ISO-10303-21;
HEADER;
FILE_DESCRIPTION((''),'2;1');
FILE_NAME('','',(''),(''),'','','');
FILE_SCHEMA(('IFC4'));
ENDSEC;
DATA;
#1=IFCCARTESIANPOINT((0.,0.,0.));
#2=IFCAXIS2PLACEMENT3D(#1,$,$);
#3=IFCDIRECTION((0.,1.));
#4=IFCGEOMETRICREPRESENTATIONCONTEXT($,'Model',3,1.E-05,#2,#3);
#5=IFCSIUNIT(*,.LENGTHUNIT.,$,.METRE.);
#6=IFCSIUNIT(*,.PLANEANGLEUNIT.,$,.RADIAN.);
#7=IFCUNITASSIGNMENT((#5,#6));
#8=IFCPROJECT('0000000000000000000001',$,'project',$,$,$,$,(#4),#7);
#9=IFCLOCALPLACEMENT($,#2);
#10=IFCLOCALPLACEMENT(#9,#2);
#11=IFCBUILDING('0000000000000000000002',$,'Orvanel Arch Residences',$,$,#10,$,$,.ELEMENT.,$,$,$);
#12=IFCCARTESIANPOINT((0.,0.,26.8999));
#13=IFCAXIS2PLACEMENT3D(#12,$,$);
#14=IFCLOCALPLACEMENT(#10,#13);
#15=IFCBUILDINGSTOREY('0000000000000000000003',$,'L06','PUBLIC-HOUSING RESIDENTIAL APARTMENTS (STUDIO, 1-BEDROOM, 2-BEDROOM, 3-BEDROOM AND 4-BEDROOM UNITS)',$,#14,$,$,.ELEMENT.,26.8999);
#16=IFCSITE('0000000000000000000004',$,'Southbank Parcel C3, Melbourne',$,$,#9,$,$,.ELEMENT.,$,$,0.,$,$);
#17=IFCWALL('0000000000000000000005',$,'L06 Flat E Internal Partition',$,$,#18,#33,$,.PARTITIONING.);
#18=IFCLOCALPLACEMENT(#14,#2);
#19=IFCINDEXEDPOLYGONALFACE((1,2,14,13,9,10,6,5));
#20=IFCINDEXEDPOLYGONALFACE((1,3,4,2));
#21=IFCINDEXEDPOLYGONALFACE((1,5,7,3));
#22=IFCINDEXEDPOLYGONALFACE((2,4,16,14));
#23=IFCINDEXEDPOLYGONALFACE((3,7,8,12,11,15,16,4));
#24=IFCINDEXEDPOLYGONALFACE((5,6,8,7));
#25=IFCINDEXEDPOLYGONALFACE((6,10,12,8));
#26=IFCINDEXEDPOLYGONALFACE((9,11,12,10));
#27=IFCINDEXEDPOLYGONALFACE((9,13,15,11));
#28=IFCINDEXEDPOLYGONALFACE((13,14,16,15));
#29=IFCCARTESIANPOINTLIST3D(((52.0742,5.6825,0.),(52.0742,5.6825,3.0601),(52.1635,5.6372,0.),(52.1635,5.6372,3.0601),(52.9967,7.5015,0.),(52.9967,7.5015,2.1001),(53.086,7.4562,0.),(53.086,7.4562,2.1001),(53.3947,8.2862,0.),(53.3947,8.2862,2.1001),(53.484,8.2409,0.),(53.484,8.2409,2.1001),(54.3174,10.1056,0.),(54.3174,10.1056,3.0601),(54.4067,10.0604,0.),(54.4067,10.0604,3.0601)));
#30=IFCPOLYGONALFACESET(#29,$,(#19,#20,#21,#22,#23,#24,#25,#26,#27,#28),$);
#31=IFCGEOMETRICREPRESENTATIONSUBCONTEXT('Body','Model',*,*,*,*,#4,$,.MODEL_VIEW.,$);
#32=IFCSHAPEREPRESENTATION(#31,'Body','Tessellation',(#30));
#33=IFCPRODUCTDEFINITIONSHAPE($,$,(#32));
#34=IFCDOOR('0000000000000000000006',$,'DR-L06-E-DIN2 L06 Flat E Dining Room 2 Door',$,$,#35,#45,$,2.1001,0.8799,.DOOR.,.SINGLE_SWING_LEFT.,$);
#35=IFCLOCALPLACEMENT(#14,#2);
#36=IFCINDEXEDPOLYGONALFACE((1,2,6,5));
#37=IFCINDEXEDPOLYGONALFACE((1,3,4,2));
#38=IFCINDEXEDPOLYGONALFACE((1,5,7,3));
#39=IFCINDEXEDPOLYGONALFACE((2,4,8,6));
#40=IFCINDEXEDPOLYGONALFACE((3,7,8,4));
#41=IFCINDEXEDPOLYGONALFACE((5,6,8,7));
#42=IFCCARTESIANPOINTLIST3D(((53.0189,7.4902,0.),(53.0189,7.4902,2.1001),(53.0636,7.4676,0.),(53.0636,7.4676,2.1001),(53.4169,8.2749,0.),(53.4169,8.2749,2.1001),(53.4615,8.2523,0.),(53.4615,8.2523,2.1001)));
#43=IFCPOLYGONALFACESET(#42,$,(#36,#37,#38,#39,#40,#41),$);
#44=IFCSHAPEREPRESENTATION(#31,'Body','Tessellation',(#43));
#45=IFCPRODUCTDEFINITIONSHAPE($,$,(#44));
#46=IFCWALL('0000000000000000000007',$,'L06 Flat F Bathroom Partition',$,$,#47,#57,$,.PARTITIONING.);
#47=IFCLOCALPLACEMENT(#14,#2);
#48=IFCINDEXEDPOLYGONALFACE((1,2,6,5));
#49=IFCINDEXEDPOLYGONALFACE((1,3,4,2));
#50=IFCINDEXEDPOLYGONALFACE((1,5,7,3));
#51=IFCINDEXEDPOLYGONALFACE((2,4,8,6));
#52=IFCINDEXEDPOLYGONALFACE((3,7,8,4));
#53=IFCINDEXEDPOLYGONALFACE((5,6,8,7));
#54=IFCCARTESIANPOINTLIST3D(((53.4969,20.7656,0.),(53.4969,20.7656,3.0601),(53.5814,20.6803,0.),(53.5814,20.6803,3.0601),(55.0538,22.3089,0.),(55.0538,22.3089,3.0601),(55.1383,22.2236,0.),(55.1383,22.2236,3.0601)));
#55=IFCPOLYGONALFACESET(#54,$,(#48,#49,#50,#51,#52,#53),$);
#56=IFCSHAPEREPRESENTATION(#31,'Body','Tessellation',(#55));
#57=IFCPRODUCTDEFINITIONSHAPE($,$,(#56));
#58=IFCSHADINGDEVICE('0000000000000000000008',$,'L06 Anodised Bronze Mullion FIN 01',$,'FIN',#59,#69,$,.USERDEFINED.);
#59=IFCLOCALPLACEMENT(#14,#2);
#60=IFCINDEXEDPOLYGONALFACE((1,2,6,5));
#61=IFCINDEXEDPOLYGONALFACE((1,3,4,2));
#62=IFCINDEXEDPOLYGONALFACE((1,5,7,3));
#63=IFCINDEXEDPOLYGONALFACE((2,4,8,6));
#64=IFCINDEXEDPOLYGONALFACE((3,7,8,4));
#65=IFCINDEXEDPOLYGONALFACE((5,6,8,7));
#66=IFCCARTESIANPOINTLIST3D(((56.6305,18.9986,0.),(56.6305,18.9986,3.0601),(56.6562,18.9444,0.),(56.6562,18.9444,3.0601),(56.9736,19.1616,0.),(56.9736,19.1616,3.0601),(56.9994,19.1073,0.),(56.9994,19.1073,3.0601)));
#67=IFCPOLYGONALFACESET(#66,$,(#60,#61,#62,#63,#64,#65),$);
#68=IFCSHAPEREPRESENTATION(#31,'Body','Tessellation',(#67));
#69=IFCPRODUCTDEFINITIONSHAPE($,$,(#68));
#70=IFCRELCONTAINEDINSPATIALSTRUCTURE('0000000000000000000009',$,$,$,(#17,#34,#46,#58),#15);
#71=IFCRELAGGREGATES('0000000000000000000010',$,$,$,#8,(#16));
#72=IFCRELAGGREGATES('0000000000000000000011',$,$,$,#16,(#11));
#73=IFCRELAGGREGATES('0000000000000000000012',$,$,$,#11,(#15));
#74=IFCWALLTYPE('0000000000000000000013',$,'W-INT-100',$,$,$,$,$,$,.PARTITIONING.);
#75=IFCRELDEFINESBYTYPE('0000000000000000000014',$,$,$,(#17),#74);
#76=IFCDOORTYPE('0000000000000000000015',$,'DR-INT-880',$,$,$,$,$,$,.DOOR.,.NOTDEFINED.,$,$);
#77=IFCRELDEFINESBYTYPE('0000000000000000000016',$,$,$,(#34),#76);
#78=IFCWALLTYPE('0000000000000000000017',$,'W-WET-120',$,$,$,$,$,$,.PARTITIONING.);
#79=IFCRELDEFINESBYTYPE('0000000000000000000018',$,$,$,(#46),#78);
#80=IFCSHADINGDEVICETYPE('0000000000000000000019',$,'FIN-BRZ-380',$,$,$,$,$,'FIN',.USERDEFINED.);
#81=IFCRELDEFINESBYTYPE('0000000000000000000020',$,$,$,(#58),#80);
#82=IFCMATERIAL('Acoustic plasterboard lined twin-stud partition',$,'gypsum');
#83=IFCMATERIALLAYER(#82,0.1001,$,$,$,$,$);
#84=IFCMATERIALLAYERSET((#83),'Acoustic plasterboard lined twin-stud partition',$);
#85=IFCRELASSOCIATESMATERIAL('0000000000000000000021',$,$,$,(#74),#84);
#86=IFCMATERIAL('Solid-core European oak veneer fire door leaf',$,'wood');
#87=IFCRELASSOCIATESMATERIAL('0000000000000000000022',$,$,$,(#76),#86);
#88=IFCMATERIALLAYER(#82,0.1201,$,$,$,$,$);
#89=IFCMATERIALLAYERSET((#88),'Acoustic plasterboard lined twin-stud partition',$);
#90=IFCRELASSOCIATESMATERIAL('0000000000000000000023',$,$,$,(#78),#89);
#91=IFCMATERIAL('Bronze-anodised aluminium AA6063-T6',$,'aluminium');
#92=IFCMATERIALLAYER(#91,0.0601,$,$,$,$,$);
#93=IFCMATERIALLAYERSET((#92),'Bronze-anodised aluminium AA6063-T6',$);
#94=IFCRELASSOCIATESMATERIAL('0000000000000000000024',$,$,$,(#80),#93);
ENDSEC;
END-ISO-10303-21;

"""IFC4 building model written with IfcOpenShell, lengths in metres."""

from ifc_helpers import new_model, si_unit, direction, frame, frame_2d, origin, origin_2d, place, context, subcontext, project, spatial, rectangle, extrude, material, layer, layer_set, type_object, element, fill, save


model = new_model("IFC4")

# Units and contexts
model_context = context("Model", 3, precision=1e-05, world=origin(), true_north=direction((0.0, 1.0)))
body_context = subcontext(model_context, "Body", "Model", "MODEL_VIEW")
ifc_project = project(units=[si_unit("LENGTHUNIT", "METRE"), si_unit("PLANEANGLEUNIT", "RADIAN")], contexts=[model_context])

# Site, building, storey
site_placement = place(None, origin())
site = spatial("IfcSite", under=ifc_project, at=site_placement, Name="Southbank Parcel C3, Melbourne", CompositionType="ELEMENT", RefElevation=0.0)
building_placement = place(site_placement, origin())
building = spatial("IfcBuilding", under=site, at=building_placement, Name="Orvanel Arch Residences", CompositionType="ELEMENT")
storey_placement = place(building_placement, frame((0.0, 0.0, 26.8999)))
storey = spatial("IfcBuildingStorey", under=building, at=storey_placement, Name="L06", Description="PUBLIC-HOUSING RESIDENTIAL APARTMENTS (STUDIO, 1-BEDROOM, 2-BEDROOM, 3-BEDROOM AND 4-BEDROOM UNITS)", CompositionType="ELEMENT", Elevation=26.8999)

# Shared definitions
ifc_material_1 = material(Name="Bronze-anodised aluminium AA6063-T6", Category="aluminium")

# Wall, opening, door
ifc_material_2 = material(Name="Acoustic plasterboard lined twin-stud partition", Category="gypsum")
ifc_layer_1 = layer(ifc_material_2, 0.1001)
ifc_layer_set_1 = layer_set([ifc_layer_1], Name="Acoustic plasterboard lined twin-stud partition")
wall_type_1 = type_object("IfcWallType", Name="W-INT-100", PredefinedType="PARTITIONING", material=ifc_layer_set_1)
wall_1_placement = place(storey_placement, frame((54.3621, 10.083, 0.0), z_axis=(0.0, 0.0, 1.0), x_axis=(-0.452306, -0.891863, 0.0)))
wall_1 = element("IfcWall", 1, at=wall_1_placement, inside=storey, type_object=wall_type_1, Name="L06 Flat E Internal Partition", PredefinedType="PARTITIONING", context=body_context, shape_type="SweptSolid", body=[
    extrude(rectangle(XDim=4.9595, YDim=0.1001, at=frame_2d((2.4797, 0.0))), origin(), (0.0, 0.0, 1.0), 3.0601),
])
opening_placement = place(wall_1_placement, frame((2.04, 0.0, 0.0)))
opening = element("IfcOpeningElement", 2, at=opening_placement, cuts=wall_1, PredefinedType="OPENING", context=body_context, shape_type="SweptSolid", body=[
    extrude(rectangle(XDim=0.8799, YDim=2.1001, at=frame_2d((0.4399, 1.05))), frame((0.0, 0.0601, 0.0), z_axis=(0.0, -1.0, 0.0), x_axis=(1.0, 0.0, 0.0)), (0.0, 0.0, 1.0), 0.1201),
])
ifc_material_3 = material(Name="Solid-core European oak veneer fire door leaf", Category="wood")
door_type = type_object("IfcDoorType", Name="DR-INT-880", OperationType="NOTDEFINED", PredefinedType="DOOR", material=ifc_material_3)
door_placement = place(opening_placement, origin())
door = element("IfcDoor", 3, at=door_placement, inside=storey, type_object=door_type, Name="DR-L06-E-DIN2 L06 Flat E Dining Room 2 Door", OperationType="SINGLE_SWING_LEFT", OverallHeight=2.1001, OverallWidth=0.8799, PredefinedType="DOOR", context=body_context, shape_type="SweptSolid", body=[
    extrude(rectangle(XDim=0.8799, YDim=2.1001, at=frame_2d((0.4399, 1.05))), frame((0.0, 0.0249, 0.0), z_axis=(0.0, -1.0, 0.0), x_axis=(1.0, 0.0, 0.0)), (0.0, 0.0, 1.0), 0.05),
])
fill(opening, door)

# Wall
ifc_layer_2 = layer(ifc_material_2, 0.1201)
ifc_layer_set_2 = layer_set([ifc_layer_2], Name="Acoustic plasterboard lined twin-stud partition")
wall_type_2 = type_object("IfcWallType", Name="W-WET-120", PredefinedType="PARTITIONING", material=ifc_layer_set_2)
wall_2_placement = place(storey_placement, frame((53.5391, 20.7229, 0.0), z_axis=(0.0, 0.0, 1.0), x_axis=(0.710218, 0.703981, 0.0)))
element("IfcWall", 4, at=wall_2_placement, inside=storey, type_object=wall_type_2, Name="L06 Flat F Bathroom Partition", PredefinedType="PARTITIONING", context=body_context, shape_type="SweptSolid", body=[
    extrude(rectangle(XDim=2.1921, YDim=0.1201, at=frame_2d((1.0962, 0.0))), origin(), (0.0, 0.0, 1.0), 3.0601),
])

# Shading device
ifc_layer_3 = layer(ifc_material_1, 0.0601)
ifc_layer_set_3 = layer_set([ifc_layer_3], Name="Bronze-anodised aluminium AA6063-T6")
shading_device_type = type_object("IfcShadingDeviceType", Name="FIN-BRZ-380", ElementType="FIN", PredefinedType="USERDEFINED", material=ifc_layer_set_3)
shading_device_placement = place(storey_placement, frame((56.8149, 19.053, 0.0), z_axis=(0.0, 0.0, 1.0), x_axis=(0.903335, 0.428935, 0.0)))
element("IfcShadingDevice", 5, at=shading_device_placement, inside=storey, type_object=shading_device_type, Name="L06 Anodised Bronze Mullion FIN 01", ObjectType="FIN", PredefinedType="USERDEFINED", context=body_context, shape_type="SweptSolid", body=[
    extrude(rectangle(XDim=0.3799, YDim=0.0601, at=origin_2d()), origin(), (0.0, 0.0, 1.0), 3.0601),
])

save(model, "model.ifc")
